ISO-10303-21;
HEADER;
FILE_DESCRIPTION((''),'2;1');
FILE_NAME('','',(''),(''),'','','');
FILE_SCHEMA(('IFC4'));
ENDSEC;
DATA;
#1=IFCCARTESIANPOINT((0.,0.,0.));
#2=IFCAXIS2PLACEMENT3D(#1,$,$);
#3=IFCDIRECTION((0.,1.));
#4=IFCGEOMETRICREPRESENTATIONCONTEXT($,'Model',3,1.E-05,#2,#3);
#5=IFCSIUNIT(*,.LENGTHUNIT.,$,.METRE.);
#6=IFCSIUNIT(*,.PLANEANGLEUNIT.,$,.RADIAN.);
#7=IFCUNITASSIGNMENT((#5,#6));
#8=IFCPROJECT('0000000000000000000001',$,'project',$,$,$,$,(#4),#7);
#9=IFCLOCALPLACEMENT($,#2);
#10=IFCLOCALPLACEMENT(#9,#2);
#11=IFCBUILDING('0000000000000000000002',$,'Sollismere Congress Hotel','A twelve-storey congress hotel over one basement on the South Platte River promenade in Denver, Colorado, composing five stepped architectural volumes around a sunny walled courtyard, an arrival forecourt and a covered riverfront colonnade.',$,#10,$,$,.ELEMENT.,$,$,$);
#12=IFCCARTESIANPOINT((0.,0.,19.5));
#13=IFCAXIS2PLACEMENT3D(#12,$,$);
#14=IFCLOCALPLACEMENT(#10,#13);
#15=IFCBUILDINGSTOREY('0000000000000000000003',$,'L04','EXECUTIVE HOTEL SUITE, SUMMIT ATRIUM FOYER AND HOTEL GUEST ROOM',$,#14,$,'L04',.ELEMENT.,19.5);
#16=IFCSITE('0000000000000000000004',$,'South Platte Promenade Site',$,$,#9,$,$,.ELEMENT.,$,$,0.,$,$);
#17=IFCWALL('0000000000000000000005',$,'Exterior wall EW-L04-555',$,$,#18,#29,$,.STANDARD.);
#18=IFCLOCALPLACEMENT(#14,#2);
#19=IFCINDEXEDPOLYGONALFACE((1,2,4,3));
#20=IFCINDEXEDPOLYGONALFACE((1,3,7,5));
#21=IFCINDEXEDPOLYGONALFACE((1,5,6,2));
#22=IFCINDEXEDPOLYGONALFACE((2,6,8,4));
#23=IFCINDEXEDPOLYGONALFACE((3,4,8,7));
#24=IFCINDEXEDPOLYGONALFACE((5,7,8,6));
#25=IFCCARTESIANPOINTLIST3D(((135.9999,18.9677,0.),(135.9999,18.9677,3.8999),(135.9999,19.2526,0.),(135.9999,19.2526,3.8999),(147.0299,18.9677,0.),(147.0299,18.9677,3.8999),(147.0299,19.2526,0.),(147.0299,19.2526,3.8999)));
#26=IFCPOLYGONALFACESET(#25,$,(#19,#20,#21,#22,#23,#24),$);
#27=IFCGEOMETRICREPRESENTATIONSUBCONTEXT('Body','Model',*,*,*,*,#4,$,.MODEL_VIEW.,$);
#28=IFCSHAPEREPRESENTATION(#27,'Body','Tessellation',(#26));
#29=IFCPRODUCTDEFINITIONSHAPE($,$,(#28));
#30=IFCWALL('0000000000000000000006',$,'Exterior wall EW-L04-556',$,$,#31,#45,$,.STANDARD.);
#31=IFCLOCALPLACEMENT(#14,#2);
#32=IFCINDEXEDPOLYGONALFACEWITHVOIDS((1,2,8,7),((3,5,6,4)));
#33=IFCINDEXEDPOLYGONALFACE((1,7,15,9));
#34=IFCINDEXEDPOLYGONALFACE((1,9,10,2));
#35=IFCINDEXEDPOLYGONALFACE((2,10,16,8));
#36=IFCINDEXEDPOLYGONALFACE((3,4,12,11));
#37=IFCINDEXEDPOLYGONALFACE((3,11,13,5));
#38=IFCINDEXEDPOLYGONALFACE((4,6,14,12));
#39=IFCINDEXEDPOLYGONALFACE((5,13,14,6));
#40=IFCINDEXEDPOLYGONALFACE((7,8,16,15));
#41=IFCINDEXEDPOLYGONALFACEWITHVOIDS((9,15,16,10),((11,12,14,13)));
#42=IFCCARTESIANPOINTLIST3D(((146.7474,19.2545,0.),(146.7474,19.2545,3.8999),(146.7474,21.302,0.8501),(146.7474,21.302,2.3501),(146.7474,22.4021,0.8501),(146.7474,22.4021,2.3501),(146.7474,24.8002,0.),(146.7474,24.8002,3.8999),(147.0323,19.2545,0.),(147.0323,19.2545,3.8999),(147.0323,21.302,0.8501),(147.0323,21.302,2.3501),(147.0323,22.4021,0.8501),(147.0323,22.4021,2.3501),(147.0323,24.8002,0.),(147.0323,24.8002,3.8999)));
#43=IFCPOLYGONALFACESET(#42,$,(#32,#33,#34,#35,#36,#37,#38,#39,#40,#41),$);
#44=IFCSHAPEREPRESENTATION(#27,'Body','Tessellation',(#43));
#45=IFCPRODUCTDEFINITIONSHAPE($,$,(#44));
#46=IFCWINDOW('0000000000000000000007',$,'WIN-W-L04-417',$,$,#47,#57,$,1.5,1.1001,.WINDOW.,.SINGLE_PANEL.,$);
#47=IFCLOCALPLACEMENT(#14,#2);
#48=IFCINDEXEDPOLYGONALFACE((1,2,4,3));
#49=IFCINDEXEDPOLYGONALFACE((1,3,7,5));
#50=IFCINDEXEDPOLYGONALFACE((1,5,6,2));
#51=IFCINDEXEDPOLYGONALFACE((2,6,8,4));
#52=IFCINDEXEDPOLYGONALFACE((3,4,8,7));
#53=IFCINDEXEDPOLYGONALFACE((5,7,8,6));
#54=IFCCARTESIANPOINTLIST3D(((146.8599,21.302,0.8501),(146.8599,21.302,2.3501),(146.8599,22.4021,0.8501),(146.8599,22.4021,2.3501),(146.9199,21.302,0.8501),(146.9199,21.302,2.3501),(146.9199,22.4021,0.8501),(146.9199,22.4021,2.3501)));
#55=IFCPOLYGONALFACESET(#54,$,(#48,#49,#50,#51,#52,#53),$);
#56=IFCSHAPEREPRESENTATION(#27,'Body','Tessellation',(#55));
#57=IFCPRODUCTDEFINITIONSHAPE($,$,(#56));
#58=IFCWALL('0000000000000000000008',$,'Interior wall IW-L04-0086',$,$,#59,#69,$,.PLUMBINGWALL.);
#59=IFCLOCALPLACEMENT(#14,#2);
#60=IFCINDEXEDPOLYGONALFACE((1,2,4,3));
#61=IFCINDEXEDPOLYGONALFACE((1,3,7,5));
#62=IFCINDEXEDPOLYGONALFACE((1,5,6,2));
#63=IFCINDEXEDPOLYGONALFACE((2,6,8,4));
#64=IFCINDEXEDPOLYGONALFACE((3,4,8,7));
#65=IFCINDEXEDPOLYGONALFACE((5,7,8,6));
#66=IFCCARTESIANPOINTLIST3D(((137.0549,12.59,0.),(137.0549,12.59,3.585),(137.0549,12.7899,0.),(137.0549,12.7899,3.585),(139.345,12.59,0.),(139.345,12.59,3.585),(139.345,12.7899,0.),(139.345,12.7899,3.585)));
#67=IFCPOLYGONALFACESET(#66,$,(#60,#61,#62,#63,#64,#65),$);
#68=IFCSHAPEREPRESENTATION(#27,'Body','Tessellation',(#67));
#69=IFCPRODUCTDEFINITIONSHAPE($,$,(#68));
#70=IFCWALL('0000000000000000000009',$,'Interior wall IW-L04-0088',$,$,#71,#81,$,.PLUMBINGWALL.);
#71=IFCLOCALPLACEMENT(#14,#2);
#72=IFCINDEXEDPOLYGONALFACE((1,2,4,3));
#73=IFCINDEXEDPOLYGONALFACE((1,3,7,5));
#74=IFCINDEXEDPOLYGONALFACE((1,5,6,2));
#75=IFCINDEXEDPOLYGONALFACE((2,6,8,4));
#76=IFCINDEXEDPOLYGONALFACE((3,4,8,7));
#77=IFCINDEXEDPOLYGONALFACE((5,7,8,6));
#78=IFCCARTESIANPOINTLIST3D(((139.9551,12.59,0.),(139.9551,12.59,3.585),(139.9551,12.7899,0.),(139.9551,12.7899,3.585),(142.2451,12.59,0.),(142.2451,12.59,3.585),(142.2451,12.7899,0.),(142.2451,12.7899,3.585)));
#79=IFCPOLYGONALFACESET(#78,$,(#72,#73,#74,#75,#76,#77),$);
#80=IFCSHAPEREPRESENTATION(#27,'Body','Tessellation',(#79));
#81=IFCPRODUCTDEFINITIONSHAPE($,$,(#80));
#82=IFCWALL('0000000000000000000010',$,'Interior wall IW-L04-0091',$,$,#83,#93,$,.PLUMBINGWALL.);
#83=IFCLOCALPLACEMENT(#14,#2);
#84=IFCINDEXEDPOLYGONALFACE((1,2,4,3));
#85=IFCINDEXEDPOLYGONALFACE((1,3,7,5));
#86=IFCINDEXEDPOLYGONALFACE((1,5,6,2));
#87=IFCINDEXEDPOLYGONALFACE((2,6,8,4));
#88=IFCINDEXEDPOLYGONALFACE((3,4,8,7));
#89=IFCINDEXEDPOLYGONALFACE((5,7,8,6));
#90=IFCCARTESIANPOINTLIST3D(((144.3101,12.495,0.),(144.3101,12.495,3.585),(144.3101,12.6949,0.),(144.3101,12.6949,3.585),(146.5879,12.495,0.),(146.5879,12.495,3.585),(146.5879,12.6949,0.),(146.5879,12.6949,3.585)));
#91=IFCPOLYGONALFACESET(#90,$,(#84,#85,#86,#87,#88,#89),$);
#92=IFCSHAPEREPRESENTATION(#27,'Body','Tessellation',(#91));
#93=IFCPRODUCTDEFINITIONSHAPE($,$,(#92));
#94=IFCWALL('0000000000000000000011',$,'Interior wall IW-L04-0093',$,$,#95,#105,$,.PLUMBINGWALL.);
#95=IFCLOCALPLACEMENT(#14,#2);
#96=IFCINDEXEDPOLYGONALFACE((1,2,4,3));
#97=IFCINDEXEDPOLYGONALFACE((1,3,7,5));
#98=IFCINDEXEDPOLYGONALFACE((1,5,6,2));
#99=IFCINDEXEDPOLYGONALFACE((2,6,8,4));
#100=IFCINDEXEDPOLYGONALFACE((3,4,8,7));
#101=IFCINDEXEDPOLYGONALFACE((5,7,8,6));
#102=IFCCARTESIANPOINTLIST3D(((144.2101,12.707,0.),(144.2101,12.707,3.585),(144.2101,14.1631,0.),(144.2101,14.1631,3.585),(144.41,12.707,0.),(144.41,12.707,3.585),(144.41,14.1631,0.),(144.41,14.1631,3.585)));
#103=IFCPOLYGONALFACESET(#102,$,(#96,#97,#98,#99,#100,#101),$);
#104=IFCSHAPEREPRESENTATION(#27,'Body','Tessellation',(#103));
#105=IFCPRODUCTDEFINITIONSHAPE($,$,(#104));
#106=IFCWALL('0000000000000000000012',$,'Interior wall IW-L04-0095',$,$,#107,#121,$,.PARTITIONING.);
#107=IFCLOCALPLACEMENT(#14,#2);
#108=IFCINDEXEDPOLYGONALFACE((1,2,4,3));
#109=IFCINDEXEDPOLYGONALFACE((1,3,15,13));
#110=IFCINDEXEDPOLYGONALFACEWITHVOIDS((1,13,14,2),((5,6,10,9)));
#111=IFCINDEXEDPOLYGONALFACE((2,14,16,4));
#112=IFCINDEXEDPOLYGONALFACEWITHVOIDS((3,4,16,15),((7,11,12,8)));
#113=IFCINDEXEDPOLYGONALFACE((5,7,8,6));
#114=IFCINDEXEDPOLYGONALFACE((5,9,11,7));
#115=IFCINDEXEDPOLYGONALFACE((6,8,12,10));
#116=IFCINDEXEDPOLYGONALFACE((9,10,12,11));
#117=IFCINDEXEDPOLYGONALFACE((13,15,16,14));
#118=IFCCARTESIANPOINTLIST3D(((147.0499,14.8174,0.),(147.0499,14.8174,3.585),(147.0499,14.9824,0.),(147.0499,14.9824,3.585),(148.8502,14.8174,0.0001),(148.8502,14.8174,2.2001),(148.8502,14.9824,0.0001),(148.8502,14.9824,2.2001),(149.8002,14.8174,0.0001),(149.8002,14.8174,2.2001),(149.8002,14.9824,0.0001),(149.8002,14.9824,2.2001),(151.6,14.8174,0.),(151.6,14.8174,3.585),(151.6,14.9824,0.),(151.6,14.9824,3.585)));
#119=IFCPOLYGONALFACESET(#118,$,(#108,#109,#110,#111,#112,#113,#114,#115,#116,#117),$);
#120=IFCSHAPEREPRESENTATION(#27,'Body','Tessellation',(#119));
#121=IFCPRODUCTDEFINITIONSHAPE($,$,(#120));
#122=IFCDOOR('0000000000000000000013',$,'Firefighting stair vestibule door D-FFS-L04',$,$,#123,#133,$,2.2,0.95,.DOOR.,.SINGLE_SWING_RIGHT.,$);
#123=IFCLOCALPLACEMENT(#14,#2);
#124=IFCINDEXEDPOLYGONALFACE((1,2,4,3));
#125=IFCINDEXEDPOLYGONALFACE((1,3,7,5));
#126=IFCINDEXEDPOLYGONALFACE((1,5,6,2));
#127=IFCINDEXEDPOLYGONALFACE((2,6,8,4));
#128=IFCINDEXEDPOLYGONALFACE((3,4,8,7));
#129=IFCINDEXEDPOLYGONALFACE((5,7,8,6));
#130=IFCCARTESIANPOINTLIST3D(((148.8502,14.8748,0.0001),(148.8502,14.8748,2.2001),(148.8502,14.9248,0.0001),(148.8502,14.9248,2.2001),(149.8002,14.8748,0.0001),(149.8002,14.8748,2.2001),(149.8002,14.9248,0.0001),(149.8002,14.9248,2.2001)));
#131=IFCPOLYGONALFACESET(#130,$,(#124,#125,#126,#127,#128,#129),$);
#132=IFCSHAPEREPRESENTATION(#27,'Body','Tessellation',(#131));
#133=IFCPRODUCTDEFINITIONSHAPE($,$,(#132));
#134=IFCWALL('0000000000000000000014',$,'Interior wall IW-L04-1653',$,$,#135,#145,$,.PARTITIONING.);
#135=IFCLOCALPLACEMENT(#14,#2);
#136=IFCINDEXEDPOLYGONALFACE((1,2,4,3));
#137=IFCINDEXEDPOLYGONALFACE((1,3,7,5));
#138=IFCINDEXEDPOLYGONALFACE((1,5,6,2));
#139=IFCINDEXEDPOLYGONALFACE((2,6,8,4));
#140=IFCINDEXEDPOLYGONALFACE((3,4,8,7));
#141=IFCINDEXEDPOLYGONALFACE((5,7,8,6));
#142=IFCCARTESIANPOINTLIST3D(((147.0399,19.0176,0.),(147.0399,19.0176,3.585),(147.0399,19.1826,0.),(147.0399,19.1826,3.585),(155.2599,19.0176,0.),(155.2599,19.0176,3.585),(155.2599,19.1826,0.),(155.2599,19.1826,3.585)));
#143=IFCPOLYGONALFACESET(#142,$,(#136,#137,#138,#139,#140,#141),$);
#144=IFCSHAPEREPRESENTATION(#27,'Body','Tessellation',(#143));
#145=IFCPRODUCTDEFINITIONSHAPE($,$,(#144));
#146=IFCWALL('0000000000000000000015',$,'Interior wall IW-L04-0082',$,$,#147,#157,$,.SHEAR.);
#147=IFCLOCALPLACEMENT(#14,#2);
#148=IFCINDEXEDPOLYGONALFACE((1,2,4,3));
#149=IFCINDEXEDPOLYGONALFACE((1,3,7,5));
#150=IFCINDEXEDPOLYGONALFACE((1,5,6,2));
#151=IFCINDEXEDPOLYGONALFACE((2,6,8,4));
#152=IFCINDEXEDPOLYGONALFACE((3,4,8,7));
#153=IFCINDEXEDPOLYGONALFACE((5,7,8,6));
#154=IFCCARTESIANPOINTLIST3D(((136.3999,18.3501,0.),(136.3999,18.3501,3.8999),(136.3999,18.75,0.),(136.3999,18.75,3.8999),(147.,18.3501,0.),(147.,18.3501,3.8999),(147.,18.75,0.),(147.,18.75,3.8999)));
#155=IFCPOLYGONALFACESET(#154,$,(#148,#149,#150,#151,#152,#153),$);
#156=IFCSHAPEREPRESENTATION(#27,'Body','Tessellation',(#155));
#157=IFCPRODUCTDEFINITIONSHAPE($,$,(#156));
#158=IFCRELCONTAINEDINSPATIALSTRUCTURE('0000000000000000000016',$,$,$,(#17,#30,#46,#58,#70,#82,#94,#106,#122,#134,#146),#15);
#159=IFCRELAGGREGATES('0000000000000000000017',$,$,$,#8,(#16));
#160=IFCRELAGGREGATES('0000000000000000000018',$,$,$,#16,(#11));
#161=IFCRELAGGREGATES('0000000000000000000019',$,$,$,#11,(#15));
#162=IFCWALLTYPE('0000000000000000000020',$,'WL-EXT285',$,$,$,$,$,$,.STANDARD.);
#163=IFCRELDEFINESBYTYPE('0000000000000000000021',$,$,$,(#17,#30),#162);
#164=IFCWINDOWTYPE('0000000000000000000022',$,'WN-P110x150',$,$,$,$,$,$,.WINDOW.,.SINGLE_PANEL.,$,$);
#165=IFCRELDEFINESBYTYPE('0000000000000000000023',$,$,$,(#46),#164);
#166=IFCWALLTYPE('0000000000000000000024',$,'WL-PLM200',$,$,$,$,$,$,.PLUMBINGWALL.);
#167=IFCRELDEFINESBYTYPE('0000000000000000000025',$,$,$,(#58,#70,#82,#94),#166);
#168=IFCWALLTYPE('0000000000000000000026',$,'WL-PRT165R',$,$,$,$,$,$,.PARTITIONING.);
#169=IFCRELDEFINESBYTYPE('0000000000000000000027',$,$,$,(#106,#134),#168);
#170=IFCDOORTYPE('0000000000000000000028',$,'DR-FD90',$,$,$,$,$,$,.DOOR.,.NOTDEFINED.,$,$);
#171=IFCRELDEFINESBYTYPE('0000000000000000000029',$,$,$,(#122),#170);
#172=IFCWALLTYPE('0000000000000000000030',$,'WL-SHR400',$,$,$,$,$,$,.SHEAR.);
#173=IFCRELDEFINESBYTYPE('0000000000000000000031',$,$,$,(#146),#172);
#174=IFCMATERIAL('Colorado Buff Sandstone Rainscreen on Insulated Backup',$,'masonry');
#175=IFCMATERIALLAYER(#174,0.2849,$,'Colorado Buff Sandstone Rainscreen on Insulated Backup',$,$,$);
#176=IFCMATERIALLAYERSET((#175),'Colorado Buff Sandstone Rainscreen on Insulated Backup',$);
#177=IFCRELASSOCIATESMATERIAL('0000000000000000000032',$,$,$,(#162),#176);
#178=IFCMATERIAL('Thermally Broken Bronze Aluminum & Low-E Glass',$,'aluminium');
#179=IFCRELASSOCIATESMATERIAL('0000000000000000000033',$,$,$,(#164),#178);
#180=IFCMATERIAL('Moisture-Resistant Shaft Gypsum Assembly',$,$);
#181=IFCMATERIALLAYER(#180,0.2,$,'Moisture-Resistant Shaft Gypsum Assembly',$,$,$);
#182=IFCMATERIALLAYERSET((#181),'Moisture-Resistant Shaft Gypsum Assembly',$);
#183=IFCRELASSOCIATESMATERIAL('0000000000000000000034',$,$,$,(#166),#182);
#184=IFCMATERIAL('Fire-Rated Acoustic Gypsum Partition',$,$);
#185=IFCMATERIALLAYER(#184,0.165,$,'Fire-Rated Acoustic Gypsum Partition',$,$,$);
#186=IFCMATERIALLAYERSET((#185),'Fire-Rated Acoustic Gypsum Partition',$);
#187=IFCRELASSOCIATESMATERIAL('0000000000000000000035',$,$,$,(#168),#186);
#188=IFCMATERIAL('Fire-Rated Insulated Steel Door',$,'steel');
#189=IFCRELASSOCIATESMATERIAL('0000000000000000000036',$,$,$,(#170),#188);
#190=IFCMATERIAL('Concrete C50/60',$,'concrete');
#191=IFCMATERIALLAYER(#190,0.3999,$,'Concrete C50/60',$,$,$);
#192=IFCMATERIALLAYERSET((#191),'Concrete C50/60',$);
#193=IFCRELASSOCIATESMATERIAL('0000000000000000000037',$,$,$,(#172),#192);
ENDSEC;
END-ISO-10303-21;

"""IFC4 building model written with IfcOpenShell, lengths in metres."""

from ifc_helpers import new_model, si_unit, direction, frame, frame_2d, origin, place, context, subcontext, project, spatial, rectangle, extrude, material, layer, layer_set, type_object, element, fill, save


model = new_model("IFC4")

# Units and contexts
model_context = context("Model", 3, precision=1e-05, world=origin(), true_north=direction((0.0, 1.0)))
body_context = subcontext(model_context, "Body", "Model", "MODEL_VIEW")
ifc_project = project(units=[si_unit("LENGTHUNIT", "METRE"), si_unit("PLANEANGLEUNIT", "RADIAN")], contexts=[model_context])

# Site, building, storey
site_placement = place(None, origin())
site = spatial("IfcSite", under=ifc_project, at=site_placement, Name="South Platte Promenade Site", CompositionType="ELEMENT", RefElevation=0.0)
building_placement = place(site_placement, origin())
building = spatial("IfcBuilding", under=site, at=building_placement, Name="Sollismere Congress Hotel", Description="A twelve-storey congress hotel over one basement on the South Platte River promenade in Denver, Colorado, composing five stepped architectural volumes around a sunny walled courtyard, an arrival forecourt and a covered riverfront colonnade.", CompositionType="ELEMENT")
storey_placement = place(building_placement, frame((0.0, 0.0, 19.5)))
storey = spatial("IfcBuildingStorey", under=building, at=storey_placement, Name="L04", Description="EXECUTIVE HOTEL SUITE, SUMMIT ATRIUM FOYER AND HOTEL GUEST ROOM", LongName="L04", CompositionType="ELEMENT", Elevation=19.5)

# Wall
ifc_material_1 = material(Name="Colorado Buff Sandstone Rainscreen on Insulated Backup", Category="masonry")
ifc_layer_1 = layer(ifc_material_1, 0.2849, Name="Colorado Buff Sandstone Rainscreen on Insulated Backup")
ifc_layer_set_1 = layer_set([ifc_layer_1], Name="Colorado Buff Sandstone Rainscreen on Insulated Backup")
wall_type_1 = type_object("IfcWallType", Name="WL-EXT285", PredefinedType="STANDARD", material=ifc_layer_set_1)
wall_1_placement = place(storey_placement, frame((147.03, 19.1101, 0.0), z_axis=(0.0, 0.0, 1.0), x_axis=(-1.0, 0.0, 0.0)))
element("IfcWall", 1, at=wall_1_placement, inside=storey, type_object=wall_type_1, Name="Exterior wall EW-L04-555", PredefinedType="STANDARD", context=body_context, shape_type="SweptSolid", body=[
    extrude(rectangle(XDim=11.03, YDim=0.2849, at=frame_2d((5.5151, 0.0))), origin(), (0.0, 0.0, 1.0), 3.8999),
])

# Wall, opening, window
wall_2_placement = place(storey_placement, frame((146.8899, 19.2544, 0.0), z_axis=(0.0, 0.0, 1.0), x_axis=(0.0, 1.0, 0.0)))
wall_2 = element("IfcWall", 2, at=wall_2_placement, inside=storey, type_object=wall_type_1, Name="Exterior wall EW-L04-556", PredefinedType="STANDARD", context=body_context, shape_type="SweptSolid", body=[
    extrude(rectangle(XDim=5.5457, YDim=0.2849, at=frame_2d((2.7729, 0.0))), origin(), (0.0, 0.0, 1.0), 3.8999),
])
opening_1_placement = place(wall_2_placement, frame((2.0476, 0.0, 0.8501)))
opening_1 = element("IfcOpeningElement", 3, at=opening_1_placement, cuts=wall_2, PredefinedType="OPENING", context=body_context, shape_type="SweptSolid", body=[
    extrude(rectangle(XDim=1.1001, YDim=1.5, at=frame_2d((0.55, 0.75))), frame((0.0, 0.1523, 0.0), z_axis=(0.0, -1.0, 0.0), x_axis=(1.0, 0.0, 0.0)), (0.0, 0.0, 1.0), 0.3049),
])
ifc_material_2 = material(Name="Thermally Broken Bronze Aluminum & Low-E Glass", Category="aluminium")
window_type = type_object("IfcWindowType", Name="WN-P110x150", PartitioningType="SINGLE_PANEL", PredefinedType="WINDOW", material=ifc_material_2)
window_placement = place(opening_1_placement, origin())
window = element("IfcWindow", 4, at=window_placement, inside=storey, type_object=window_type, Name="WIN-W-L04-417", OverallHeight=1.5, OverallWidth=1.1001, PartitioningType="SINGLE_PANEL", PredefinedType="WINDOW", context=body_context, shape_type="SweptSolid", body=[
    extrude(rectangle(XDim=1.1001, YDim=1.5, at=frame_2d((0.55, 0.75))), frame((0.0, 0.03, 0.0), z_axis=(0.0, -1.0, 0.0), x_axis=(1.0, 0.0, 0.0)), (0.0, 0.0, 1.0), 0.0601),
])
fill(opening_1, window)

# Walls
ifc_material_3 = material(Name="Moisture-Resistant Shaft Gypsum Assembly")
ifc_layer_2 = layer(ifc_material_3, 0.2, Name="Moisture-Resistant Shaft Gypsum Assembly")
ifc_layer_set_2 = layer_set([ifc_layer_2], Name="Moisture-Resistant Shaft Gypsum Assembly")
wall_type_2 = type_object("IfcWallType", Name="WL-PLM200", PredefinedType="PLUMBINGWALL", material=ifc_layer_set_2)
for number, where, z_axis, x_axis, name in (
    (5, (137.0549, 12.6899, 0.0), (0.0, 0.0, 1.0), (1.0, 0.0, 0.0), "Interior wall IW-L04-0086"),
    (6, (139.9551, 12.6899, 0.0), (0.0, 0.0, 1.0), (1.0, 0.0, 0.0), "Interior wall IW-L04-0088"),
):
    element("IfcWall", number, at=place(storey_placement, frame(where, z_axis=z_axis, x_axis=x_axis)), inside=storey, type_object=wall_type_2, Name=name, PredefinedType="PLUMBINGWALL", context=body_context, shape_type="SweptSolid", body=[
        extrude(rectangle(XDim=2.29, YDim=0.2, at=frame_2d((1.145, 0.0))), origin(), (0.0, 0.0, 1.0), 3.585),
    ])
wall_3_placement = place(storey_placement, frame((144.3101, 12.595, 0.0), z_axis=(0.0, 0.0, 1.0), x_axis=(1.0, 0.0, 0.0)))
element("IfcWall", 7, at=wall_3_placement, inside=storey, type_object=wall_type_2, Name="Interior wall IW-L04-0091", PredefinedType="PLUMBINGWALL", context=body_context, shape_type="SweptSolid", body=[
    extrude(rectangle(XDim=2.2778, YDim=0.2, at=frame_2d((1.1389, 0.0))), origin(), (0.0, 0.0, 1.0), 3.585),
])
wall_4_placement = place(storey_placement, frame((144.3101, 12.707, 0.0), z_axis=(0.0, 0.0, 1.0), x_axis=(0.0, 1.0, 0.0)))
element("IfcWall", 8, at=wall_4_placement, inside=storey, type_object=wall_type_2, Name="Interior wall IW-L04-0093", PredefinedType="PLUMBINGWALL", context=body_context, shape_type="SweptSolid", body=[
    extrude(rectangle(XDim=1.4561, YDim=0.2, at=frame_2d((0.728, 0.0))), origin(), (0.0, 0.0, 1.0), 3.585),
])

# Wall, opening, door
ifc_material_4 = material(Name="Fire-Rated Acoustic Gypsum Partition")
ifc_layer_3 = layer(ifc_material_4, 0.165, Name="Fire-Rated Acoustic Gypsum Partition")
ifc_layer_set_3 = layer_set([ifc_layer_3], Name="Fire-Rated Acoustic Gypsum Partition")
wall_type_3 = type_object("IfcWallType", Name="WL-PRT165R", PredefinedType="PARTITIONING", material=ifc_layer_set_3)
wall_5_placement = place(storey_placement, frame((147.05, 14.8999, 0.0), z_axis=(0.0, 0.0, 1.0), x_axis=(1.0, 0.0, 0.0)))
wall_5 = element("IfcWall", 9, at=wall_5_placement, inside=storey, type_object=wall_type_3, Name="Interior wall IW-L04-0095", PredefinedType="PARTITIONING", context=body_context, shape_type="SweptSolid", body=[
    extrude(rectangle(XDim=4.55, YDim=0.165, at=frame_2d((2.2749, 0.0))), origin(), (0.0, 0.0, 1.0), 3.585),
])
opening_2_placement = place(wall_5_placement, frame((1.8, 0.0, 0.0)))
opening_2 = element("IfcOpeningElement", 10, at=opening_2_placement, cuts=wall_5, PredefinedType="OPENING", context=body_context, shape_type="SweptSolid", body=[
    extrude(rectangle(XDim=0.95, YDim=2.2, at=frame_2d((0.4751, 1.1001))), frame((0.0, 0.0925, 0.0), z_axis=(0.0, -1.0, 0.0), x_axis=(1.0, 0.0, 0.0)), (0.0, 0.0, 1.0), 0.1851),
])
ifc_material_5 = material(Name="Fire-Rated Insulated Steel Door", Category="steel")
door_type = type_object("IfcDoorType", Name="DR-FD90", OperationType="NOTDEFINED", PredefinedType="DOOR", material=ifc_material_5)
door_placement = place(opening_2_placement, origin())
door = element("IfcDoor", 11, at=door_placement, inside=storey, type_object=door_type, Name="Firefighting stair vestibule door D-FFS-L04", OperationType="SINGLE_SWING_RIGHT", OverallHeight=2.2, OverallWidth=0.95, PredefinedType="DOOR", context=body_context, shape_type="SweptSolid", body=[
    extrude(rectangle(XDim=0.95, YDim=2.2, at=frame_2d((0.4751, 1.1001))), frame((0.0, 0.0249, 0.0), z_axis=(0.0, -1.0, 0.0), x_axis=(1.0, 0.0, 0.0)), (0.0, 0.0, 1.0), 0.05),
])
fill(opening_2, door)

# Walls
wall_6_placement = place(storey_placement, frame((147.04, 19.1001, 0.0), z_axis=(0.0, 0.0, 1.0), x_axis=(1.0, 0.0, 0.0)))
element("IfcWall", 12, at=wall_6_placement, inside=storey, type_object=wall_type_3, Name="Interior wall IW-L04-1653", PredefinedType="PARTITIONING", context=body_context, shape_type="SweptSolid", body=[
    extrude(rectangle(XDim=8.22, YDim=0.165, at=frame_2d((4.1099, 0.0))), origin(), (0.0, 0.0, 1.0), 3.585),
])
ifc_material_6 = material(Name="Concrete C50/60", Category="concrete")
ifc_layer_4 = layer(ifc_material_6, 0.3999, Name="Concrete C50/60")
ifc_layer_set_4 = layer_set([ifc_layer_4], Name="Concrete C50/60")
wall_type_4 = type_object("IfcWallType", Name="WL-SHR400", PredefinedType="SHEAR", material=ifc_layer_set_4)
wall_7_placement = place(storey_placement, frame((147.0, 18.55, 0.0), z_axis=(0.0, 0.0, 1.0), x_axis=(-1.0, 0.0, 0.0)))
element("IfcWall", 13, at=wall_7_placement, inside=storey, type_object=wall_type_4, Name="Interior wall IW-L04-0082", PredefinedType="SHEAR", context=body_context, shape_type="SweptSolid", body=[
    extrude(rectangle(XDim=10.6001, YDim=0.3999, at=frame_2d((5.3, 0.0))), origin(), (0.0, 0.0, 1.0), 3.8999),
])

save(model, "model.ifc")
